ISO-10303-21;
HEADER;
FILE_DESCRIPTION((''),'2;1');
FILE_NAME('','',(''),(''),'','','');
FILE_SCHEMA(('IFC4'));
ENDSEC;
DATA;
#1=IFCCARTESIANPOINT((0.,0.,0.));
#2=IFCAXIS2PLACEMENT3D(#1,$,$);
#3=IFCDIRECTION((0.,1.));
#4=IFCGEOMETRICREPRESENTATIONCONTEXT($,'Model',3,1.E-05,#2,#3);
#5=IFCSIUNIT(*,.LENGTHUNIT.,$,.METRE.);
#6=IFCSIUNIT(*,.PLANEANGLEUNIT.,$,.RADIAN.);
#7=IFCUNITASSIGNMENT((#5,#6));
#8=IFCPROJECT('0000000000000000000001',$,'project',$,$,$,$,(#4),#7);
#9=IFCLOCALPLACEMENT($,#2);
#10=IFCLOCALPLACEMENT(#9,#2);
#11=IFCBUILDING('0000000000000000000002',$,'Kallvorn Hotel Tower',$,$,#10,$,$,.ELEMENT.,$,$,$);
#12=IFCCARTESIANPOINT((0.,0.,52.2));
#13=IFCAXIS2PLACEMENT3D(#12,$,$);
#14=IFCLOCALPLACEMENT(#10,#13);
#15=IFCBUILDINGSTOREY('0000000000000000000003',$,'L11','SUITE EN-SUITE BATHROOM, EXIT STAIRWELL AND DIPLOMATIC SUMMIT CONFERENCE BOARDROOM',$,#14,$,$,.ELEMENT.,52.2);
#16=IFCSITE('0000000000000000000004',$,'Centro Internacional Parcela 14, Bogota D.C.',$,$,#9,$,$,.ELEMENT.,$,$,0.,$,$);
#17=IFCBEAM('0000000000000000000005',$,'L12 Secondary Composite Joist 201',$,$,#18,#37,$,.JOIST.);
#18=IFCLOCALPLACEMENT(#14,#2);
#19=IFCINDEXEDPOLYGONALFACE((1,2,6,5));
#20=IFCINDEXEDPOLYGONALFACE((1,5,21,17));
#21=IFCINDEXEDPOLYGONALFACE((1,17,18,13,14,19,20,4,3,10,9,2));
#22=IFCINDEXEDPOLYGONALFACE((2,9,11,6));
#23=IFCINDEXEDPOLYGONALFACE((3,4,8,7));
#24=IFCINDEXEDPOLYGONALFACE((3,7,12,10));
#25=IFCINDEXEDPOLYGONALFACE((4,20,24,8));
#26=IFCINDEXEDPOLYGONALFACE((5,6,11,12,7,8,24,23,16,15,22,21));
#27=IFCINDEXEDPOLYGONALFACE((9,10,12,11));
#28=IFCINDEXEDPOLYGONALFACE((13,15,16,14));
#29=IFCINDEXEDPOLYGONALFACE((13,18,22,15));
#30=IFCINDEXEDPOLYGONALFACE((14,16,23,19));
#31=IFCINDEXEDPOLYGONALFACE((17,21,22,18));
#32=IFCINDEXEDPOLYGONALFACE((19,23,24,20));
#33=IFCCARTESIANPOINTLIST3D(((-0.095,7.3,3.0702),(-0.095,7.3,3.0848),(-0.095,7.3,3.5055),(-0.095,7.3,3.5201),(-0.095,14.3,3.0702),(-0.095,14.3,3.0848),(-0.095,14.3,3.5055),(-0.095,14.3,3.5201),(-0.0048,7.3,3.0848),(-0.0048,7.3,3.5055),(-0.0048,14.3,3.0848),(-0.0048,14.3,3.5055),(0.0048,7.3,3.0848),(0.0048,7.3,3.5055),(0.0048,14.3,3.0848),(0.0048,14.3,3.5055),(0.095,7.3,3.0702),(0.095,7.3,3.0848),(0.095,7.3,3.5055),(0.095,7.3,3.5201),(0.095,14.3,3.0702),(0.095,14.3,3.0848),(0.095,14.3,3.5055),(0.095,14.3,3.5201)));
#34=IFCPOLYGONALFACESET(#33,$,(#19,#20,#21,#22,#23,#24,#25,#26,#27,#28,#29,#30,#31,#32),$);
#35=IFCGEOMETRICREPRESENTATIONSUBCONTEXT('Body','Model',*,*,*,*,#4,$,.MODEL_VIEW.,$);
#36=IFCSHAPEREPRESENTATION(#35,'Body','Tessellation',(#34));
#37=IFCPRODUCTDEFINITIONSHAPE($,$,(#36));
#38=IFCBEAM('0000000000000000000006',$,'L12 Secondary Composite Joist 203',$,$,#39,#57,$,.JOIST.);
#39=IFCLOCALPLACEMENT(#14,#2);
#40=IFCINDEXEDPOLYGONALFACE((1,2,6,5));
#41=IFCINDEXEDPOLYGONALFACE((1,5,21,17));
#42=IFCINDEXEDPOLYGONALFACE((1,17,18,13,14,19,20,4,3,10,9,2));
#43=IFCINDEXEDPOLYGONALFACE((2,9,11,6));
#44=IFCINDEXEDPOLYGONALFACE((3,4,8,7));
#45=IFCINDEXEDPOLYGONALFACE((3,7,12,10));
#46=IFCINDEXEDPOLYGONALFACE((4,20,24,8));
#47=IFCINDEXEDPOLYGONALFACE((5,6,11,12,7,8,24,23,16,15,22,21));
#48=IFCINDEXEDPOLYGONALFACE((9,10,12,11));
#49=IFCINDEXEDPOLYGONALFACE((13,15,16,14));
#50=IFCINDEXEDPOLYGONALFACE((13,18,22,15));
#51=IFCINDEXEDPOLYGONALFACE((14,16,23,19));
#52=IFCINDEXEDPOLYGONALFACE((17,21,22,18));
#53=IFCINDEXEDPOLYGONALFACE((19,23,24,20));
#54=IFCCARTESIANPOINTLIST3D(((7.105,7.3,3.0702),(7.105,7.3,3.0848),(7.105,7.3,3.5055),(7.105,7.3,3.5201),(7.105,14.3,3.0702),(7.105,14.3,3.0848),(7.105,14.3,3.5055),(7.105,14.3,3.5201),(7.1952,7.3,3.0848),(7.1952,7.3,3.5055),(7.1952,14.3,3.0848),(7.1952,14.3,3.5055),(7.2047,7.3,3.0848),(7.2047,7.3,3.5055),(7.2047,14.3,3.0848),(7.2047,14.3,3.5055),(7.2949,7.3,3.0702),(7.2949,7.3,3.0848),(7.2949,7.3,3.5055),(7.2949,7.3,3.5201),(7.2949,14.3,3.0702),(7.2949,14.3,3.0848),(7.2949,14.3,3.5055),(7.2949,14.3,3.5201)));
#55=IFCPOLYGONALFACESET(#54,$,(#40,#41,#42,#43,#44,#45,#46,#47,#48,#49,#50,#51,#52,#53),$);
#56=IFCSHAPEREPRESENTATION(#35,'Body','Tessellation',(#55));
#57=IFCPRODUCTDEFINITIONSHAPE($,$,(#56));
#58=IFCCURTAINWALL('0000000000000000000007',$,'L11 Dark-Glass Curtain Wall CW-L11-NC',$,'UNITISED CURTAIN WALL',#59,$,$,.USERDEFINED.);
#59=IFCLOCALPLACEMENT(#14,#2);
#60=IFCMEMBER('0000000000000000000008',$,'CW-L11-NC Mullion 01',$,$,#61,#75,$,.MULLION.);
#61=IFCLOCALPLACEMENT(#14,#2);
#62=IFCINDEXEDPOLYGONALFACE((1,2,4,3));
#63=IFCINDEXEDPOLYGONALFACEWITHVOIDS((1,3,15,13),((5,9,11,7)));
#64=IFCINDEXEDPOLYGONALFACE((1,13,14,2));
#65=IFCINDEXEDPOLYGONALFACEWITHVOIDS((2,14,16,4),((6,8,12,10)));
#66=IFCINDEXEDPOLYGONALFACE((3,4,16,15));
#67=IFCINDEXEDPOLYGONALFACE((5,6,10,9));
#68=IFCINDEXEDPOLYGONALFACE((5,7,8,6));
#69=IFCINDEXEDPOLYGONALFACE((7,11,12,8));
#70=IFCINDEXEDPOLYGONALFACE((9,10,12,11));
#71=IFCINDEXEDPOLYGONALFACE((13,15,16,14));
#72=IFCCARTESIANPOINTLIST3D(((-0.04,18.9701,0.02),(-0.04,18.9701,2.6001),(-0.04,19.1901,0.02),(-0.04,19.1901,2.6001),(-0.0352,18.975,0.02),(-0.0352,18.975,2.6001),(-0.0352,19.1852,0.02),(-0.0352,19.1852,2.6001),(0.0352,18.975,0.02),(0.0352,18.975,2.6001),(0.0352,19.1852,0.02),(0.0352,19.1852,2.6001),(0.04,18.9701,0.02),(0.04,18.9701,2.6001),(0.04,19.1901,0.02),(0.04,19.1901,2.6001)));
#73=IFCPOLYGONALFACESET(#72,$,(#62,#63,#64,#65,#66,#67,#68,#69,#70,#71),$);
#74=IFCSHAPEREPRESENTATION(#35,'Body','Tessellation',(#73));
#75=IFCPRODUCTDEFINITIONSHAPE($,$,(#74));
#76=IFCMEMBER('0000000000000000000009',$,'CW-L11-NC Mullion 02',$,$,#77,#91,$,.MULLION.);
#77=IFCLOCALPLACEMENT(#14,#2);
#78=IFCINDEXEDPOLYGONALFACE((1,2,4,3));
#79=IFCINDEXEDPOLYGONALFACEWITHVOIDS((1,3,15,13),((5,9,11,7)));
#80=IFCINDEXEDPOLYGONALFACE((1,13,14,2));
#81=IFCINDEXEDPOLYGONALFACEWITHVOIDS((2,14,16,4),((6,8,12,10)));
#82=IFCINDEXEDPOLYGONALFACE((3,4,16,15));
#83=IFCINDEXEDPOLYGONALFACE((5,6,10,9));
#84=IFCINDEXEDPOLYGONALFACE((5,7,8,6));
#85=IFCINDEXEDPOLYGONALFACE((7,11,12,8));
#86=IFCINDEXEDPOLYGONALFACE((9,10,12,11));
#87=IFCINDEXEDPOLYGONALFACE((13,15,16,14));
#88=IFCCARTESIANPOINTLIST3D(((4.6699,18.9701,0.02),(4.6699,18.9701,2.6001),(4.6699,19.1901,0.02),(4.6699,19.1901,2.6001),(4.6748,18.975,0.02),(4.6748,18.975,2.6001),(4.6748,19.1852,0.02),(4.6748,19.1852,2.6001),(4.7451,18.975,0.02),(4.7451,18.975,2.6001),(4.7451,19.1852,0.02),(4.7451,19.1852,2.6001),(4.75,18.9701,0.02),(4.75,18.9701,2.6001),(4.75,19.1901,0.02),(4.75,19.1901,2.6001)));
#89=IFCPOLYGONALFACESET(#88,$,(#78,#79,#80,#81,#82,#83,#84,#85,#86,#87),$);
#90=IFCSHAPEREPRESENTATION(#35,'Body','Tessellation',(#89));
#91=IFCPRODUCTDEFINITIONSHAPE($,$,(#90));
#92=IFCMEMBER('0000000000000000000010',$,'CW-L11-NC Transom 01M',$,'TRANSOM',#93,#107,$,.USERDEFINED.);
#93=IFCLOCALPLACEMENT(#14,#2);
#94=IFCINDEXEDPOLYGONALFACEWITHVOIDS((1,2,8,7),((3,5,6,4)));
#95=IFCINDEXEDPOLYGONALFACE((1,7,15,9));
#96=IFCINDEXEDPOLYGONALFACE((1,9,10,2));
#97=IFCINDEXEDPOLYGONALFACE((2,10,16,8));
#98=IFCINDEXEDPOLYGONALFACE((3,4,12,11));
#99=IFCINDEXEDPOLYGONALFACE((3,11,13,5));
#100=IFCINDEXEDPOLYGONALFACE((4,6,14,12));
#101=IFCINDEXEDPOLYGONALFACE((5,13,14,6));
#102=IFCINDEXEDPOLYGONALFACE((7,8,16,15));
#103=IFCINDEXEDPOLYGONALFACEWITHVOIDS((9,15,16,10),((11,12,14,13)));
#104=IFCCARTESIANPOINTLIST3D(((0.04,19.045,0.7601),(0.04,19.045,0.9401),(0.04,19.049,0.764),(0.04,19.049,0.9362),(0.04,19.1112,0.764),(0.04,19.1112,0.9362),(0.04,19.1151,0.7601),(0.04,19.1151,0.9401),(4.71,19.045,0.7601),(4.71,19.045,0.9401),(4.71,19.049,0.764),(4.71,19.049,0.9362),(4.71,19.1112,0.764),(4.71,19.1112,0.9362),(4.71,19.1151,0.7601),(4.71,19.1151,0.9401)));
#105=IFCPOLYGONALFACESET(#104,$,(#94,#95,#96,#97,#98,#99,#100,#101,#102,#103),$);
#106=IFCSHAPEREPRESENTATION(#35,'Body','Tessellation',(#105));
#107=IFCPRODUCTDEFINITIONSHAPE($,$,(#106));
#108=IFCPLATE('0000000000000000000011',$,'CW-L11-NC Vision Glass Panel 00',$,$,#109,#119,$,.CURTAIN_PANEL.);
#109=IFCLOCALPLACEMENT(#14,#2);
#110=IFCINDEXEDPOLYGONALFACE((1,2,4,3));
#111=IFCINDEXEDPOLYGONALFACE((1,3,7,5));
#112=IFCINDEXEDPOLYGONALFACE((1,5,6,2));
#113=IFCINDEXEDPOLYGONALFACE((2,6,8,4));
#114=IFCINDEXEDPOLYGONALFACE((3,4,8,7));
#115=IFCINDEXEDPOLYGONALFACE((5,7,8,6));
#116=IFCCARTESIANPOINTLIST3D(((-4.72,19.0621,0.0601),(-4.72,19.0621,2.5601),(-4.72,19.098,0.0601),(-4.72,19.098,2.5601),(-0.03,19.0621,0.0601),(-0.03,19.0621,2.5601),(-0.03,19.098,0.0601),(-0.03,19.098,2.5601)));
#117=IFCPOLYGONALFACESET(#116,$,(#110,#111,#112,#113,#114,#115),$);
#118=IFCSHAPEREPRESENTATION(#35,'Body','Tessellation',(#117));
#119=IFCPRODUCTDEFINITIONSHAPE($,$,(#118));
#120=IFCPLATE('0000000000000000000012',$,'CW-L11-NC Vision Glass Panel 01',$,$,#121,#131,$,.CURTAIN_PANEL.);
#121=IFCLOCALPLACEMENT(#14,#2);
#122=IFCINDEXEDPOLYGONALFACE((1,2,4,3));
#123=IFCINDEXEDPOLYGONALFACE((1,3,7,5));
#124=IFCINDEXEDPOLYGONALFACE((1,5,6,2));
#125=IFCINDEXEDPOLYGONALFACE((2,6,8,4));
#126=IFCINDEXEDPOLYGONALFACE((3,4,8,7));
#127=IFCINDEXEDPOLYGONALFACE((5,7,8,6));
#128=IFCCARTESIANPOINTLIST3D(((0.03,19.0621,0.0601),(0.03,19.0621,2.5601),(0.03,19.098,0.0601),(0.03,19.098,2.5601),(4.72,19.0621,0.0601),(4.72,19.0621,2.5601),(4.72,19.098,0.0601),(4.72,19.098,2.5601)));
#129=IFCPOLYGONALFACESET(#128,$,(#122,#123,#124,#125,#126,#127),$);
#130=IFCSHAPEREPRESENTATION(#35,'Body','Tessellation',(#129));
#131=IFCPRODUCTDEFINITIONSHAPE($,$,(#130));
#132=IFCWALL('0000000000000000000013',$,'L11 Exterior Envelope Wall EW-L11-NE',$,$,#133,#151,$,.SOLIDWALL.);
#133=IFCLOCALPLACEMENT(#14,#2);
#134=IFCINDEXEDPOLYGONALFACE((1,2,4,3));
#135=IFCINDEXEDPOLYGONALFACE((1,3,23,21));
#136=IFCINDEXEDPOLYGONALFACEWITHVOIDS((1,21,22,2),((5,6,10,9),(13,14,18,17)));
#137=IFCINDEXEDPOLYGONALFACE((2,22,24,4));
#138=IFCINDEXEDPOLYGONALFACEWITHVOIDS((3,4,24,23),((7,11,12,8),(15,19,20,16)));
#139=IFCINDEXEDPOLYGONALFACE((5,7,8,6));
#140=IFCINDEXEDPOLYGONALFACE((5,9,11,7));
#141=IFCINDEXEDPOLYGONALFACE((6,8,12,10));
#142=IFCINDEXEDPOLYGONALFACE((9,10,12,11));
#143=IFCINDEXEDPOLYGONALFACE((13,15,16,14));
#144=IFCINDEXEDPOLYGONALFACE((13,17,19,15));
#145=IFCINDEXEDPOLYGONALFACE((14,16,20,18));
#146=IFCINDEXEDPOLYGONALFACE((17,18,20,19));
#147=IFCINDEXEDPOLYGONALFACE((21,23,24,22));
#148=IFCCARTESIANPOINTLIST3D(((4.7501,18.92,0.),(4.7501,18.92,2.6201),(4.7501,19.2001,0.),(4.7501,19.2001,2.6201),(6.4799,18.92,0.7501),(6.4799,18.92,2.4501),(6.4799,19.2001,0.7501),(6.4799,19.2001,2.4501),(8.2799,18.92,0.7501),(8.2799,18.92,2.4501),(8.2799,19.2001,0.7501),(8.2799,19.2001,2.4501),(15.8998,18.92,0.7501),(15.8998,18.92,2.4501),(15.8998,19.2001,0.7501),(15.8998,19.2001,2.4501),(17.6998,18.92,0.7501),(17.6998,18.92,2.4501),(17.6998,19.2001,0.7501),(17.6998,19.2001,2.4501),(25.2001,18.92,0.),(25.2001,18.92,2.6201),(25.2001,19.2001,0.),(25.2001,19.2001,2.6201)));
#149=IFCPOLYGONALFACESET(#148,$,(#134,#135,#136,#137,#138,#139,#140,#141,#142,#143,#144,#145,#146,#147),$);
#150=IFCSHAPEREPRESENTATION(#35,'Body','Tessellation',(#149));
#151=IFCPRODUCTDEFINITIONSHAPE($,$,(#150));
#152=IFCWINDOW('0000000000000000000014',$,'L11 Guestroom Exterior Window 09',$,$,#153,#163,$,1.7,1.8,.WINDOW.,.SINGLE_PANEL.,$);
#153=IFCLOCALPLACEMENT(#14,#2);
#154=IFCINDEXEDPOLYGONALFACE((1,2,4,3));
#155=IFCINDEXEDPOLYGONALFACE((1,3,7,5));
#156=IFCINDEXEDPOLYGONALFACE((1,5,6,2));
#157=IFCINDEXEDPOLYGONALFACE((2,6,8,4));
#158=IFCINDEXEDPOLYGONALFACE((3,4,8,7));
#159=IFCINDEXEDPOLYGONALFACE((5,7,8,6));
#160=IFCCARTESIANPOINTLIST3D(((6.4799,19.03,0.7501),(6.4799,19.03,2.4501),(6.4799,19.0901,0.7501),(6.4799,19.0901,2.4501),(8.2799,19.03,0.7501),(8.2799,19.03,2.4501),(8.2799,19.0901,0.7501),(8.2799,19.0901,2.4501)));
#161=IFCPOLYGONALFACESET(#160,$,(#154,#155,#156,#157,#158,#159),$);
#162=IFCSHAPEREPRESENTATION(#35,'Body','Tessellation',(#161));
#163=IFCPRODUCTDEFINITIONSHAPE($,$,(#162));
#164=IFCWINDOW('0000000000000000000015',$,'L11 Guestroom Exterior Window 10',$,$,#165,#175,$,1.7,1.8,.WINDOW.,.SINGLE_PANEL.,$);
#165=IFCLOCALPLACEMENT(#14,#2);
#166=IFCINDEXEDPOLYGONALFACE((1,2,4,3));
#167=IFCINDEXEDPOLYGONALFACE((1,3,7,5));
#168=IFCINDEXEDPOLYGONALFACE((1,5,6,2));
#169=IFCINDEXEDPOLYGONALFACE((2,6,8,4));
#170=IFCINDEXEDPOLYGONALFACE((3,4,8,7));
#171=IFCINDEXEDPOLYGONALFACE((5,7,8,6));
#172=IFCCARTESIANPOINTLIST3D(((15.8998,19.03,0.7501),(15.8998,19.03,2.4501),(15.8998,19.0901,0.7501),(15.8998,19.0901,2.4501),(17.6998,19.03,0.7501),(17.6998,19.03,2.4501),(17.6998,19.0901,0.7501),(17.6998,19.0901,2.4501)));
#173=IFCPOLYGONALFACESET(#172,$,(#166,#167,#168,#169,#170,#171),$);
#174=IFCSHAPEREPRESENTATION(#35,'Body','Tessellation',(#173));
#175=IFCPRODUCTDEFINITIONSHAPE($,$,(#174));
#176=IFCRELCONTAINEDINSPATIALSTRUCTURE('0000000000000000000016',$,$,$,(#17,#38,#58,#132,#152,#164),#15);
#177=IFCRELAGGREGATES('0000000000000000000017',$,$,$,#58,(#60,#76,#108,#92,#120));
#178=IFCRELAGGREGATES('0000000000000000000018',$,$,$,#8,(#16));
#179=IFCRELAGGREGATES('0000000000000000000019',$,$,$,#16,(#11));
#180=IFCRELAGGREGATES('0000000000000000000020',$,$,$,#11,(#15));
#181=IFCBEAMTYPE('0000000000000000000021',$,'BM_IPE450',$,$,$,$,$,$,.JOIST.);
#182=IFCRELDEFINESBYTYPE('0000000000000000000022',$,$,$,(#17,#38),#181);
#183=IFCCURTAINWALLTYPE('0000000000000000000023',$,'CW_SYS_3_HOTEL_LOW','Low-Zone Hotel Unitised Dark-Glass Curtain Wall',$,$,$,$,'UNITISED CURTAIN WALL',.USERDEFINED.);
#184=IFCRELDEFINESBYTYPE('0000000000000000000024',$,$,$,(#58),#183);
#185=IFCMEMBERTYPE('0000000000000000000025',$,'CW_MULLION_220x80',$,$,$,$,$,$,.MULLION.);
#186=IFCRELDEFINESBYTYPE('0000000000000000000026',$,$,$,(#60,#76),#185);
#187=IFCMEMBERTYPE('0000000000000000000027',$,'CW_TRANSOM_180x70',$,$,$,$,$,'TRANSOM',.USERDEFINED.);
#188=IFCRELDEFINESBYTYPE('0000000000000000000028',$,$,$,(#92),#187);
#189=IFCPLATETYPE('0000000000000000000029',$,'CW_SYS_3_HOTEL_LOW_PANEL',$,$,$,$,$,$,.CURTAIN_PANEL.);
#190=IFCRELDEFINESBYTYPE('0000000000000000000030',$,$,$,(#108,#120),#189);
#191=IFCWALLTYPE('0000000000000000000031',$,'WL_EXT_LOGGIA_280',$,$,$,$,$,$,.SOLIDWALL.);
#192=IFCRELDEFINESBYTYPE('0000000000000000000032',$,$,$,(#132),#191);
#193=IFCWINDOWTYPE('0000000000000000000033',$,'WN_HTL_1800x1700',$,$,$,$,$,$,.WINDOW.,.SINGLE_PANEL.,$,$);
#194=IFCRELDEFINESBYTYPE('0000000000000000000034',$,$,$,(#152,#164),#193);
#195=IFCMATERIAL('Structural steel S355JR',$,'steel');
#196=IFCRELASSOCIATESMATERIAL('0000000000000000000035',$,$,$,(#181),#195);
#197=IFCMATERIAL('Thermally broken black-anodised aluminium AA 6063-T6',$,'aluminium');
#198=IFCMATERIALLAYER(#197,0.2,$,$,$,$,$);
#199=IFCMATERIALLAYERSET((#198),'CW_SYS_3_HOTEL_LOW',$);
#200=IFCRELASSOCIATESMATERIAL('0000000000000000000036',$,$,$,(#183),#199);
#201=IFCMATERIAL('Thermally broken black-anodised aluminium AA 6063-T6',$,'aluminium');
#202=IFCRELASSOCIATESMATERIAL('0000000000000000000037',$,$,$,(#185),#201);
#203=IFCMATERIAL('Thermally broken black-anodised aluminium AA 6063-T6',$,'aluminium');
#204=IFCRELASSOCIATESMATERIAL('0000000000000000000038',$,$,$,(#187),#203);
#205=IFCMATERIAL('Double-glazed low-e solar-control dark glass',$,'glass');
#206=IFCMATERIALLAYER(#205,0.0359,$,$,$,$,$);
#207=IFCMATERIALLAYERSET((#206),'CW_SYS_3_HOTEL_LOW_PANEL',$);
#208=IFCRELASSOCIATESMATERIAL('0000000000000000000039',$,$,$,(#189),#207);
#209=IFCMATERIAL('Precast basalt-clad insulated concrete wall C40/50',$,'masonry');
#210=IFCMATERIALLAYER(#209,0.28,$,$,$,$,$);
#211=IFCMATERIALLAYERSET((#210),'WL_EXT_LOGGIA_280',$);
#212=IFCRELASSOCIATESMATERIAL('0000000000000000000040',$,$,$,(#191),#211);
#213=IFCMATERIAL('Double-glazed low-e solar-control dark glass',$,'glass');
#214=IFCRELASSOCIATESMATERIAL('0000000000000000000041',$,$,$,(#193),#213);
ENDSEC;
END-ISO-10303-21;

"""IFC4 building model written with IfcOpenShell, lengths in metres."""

from ifc_helpers import new_model, si_unit, direction, frame, frame_2d, origin, origin_2d, place, context, subcontext, project, spatial, rectangle, hollow_rectangle, i_section, extrude, material, layer, layer_set, material_profile, profile_set, type_object, element, fill, aggregate, save


model = new_model("IFC4")

# Units and contexts
model_context = context("Model", 3, precision=1e-05, world=origin(), true_north=direction((0.0, 1.0)))
body_context = subcontext(model_context, "Body", "Model", "MODEL_VIEW")
ifc_project = project(units=[si_unit("LENGTHUNIT", "METRE"), si_unit("PLANEANGLEUNIT", "RADIAN")], contexts=[model_context])

# Site, building, storey
site_placement = place(None, origin())
site = spatial("IfcSite", under=ifc_project, at=site_placement, Name="Centro Internacional Parcela 14, Bogota D.C.", CompositionType="ELEMENT", RefElevation=0.0)
building_placement = place(site_placement, origin())
building = spatial("IfcBuilding", under=site, at=building_placement, Name="Kallvorn Hotel Tower", CompositionType="ELEMENT")
storey_placement = place(building_placement, frame((0.0, 0.0, 52.2)))
storey = spatial("IfcBuildingStorey", under=building, at=storey_placement, Name="L11", Description="SUITE EN-SUITE BATHROOM, EXIT STAIRWELL AND DIPLOMATIC SUMMIT CONFERENCE BOARDROOM", CompositionType="ELEMENT", Elevation=52.2)

# Beams
ifc_material_1 = material(Name="Structural steel S355JR", Category="steel")
ifc_material_profile_1 = material_profile(ifc_material_1, i_section(OverallWidth=0.1899, OverallDepth=0.45, WebThickness=0.0095, FlangeThickness=0.0146, at=origin_2d()), Name="IPE 450")
ifc_profile_set_1 = profile_set([ifc_material_profile_1], Name="Structural steel S355JR")
beam_type_1 = type_object("IfcBeamType", Name="BM_IPE450", PredefinedType="JOIST", material=ifc_profile_set_1)
for number, where, z_axis, x_axis, name in (
    (1, (0.0, 7.3, 3.2952), (0.0, 1.0, 0.0), (-1.0, 0.0, 0.0), "L12 Secondary Composite Joist 201"),
    (2, (7.2, 7.3, 3.2952), (0.0, 1.0, 0.0), (-1.0, 0.0, 0.0), "L12 Secondary Composite Joist 203"),
):
    element("IfcBeam", number, at=place(storey_placement, frame(where, z_axis=z_axis, x_axis=x_axis)), inside=storey, type_object=beam_type_1, Name=name, PredefinedType="JOIST", context=body_context, shape_type="SweptSolid", body=[
        extrude(i_section(OverallWidth=0.1899, OverallDepth=0.45, WebThickness=0.0095, FlangeThickness=0.0146, at=origin_2d()), origin(), (0.0, 0.0, 1.0), 7.0),
    ])

# Curtain wall, members, plates
ifc_material_2 = material(Name="Thermally broken black-anodised aluminium AA 6063-T6", Category="aluminium")
ifc_layer_1 = layer(ifc_material_2, 0.2)
ifc_layer_set_1 = layer_set([ifc_layer_1], Name="CW_SYS_3_HOTEL_LOW")
curtain_wall_type = type_object("IfcCurtainWallType", Name="CW_SYS_3_HOTEL_LOW", Description="Low-Zone Hotel Unitised Dark-Glass Curtain Wall", ElementType="UNITISED CURTAIN WALL", PredefinedType="USERDEFINED", material=ifc_layer_set_1)
curtain_wall_placement = place(storey_placement, origin())
curtain_wall = element("IfcCurtainWall", 3, at=curtain_wall_placement, inside=storey, type_object=curtain_wall_type, Name="L11 Dark-Glass Curtain Wall CW-L11-NC", ObjectType="UNITISED CURTAIN WALL", PredefinedType="USERDEFINED")
ifc_material_3 = material(Name="Thermally broken black-anodised aluminium AA 6063-T6", Category="aluminium")
ifc_material_profile_2 = material_profile(ifc_material_3, hollow_rectangle(XDim=0.0801, YDim=0.22, WallThickness=0.0049, at=origin_2d()), Name="MUL 220x80")
ifc_profile_set_2 = profile_set([ifc_material_profile_2], Name="Thermally broken black-anodised aluminium AA 6063-T6")
member_type_1 = type_object("IfcMemberType", Name="CW_MULLION_220x80", PredefinedType="MULLION", material=ifc_profile_set_2)
member_1_placement = place(storey_placement, frame((0.0, 19.0801, 0.02), z_axis=(0.0, 0.0, 1.0), x_axis=(1.0, 0.0, 0.0)))
member_1 = element("IfcMember", 4, at=member_1_placement, type_object=member_type_1, Name="CW-L11-NC Mullion 01", PredefinedType="MULLION", context=body_context, shape_type="SweptSolid", body=[
    extrude(hollow_rectangle(XDim=0.0801, YDim=0.22, WallThickness=0.0049, at=origin_2d()), origin(), (0.0, 0.0, 1.0), 2.5801),
])
member_2_placement = place(storey_placement, frame((4.71, 19.0801, 0.02), z_axis=(0.0, 0.0, 1.0), x_axis=(1.0, 0.0, 0.0)))
member_2 = element("IfcMember", 5, at=member_2_placement, type_object=member_type_1, Name="CW-L11-NC Mullion 02", PredefinedType="MULLION", context=body_context, shape_type="SweptSolid", body=[
    extrude(hollow_rectangle(XDim=0.0801, YDim=0.22, WallThickness=0.0049, at=origin_2d()), origin(), (0.0, 0.0, 1.0), 2.5801),
])
ifc_material_4 = material(Name="Thermally broken black-anodised aluminium AA 6063-T6", Category="aluminium")
ifc_material_profile_3 = material_profile(ifc_material_4, hollow_rectangle(XDim=0.0701, YDim=0.1799, WallThickness=0.0039, at=origin_2d()), Name="TRN 180x70")
ifc_profile_set_3 = profile_set([ifc_material_profile_3], Name="Thermally broken black-anodised aluminium AA 6063-T6")
member_type_2 = type_object("IfcMemberType", Name="CW_TRANSOM_180x70", ElementType="TRANSOM", PredefinedType="USERDEFINED", material=ifc_profile_set_3)
member_3_placement = place(storey_placement, frame((0.04, 19.0801, 0.8501), z_axis=(1.0, 0.0, 0.0), x_axis=(0.0, 1.0, 0.0)))
member_3 = element("IfcMember", 6, at=member_3_placement, type_object=member_type_2, Name="CW-L11-NC Transom 01M", ObjectType="TRANSOM", PredefinedType="USERDEFINED", context=body_context, shape_type="SweptSolid", body=[
    extrude(hollow_rectangle(XDim=0.0701, YDim=0.1799, WallThickness=0.0039, at=origin_2d()), origin(), (0.0, 0.0, 1.0), 4.6699),
])
ifc_material_5 = material(Name="Double-glazed low-e solar-control dark glass", Category="glass")
ifc_layer_2 = layer(ifc_material_5, 0.0359)
ifc_layer_set_2 = layer_set([ifc_layer_2], Name="CW_SYS_3_HOTEL_LOW_PANEL")
plate_type = type_object("IfcPlateType", Name="CW_SYS_3_HOTEL_LOW_PANEL", PredefinedType="CURTAIN_PANEL", material=ifc_layer_set_2)
plate_1_placement = place(storey_placement, frame((-2.375, 19.0801, 0.0601), z_axis=(0.0, 0.0, 1.0), x_axis=(1.0, 0.0, 0.0)))
plate_1 = element("IfcPlate", 7, at=plate_1_placement, type_object=plate_type, Name="CW-L11-NC Vision Glass Panel 00", PredefinedType="CURTAIN_PANEL", context=body_context, shape_type="SweptSolid", body=[
    extrude(rectangle(XDim=4.6899, YDim=0.0359, at=origin_2d()), origin(), (0.0, 0.0, 1.0), 2.5),
])
plate_2_placement = place(storey_placement, frame((2.375, 19.0801, 0.0601), z_axis=(0.0, 0.0, 1.0), x_axis=(1.0, 0.0, 0.0)))
plate_2 = element("IfcPlate", 8, at=plate_2_placement, type_object=plate_type, Name="CW-L11-NC Vision Glass Panel 01", PredefinedType="CURTAIN_PANEL", context=body_context, shape_type="SweptSolid", body=[
    extrude(rectangle(XDim=4.6899, YDim=0.0359, at=origin_2d()), origin(), (0.0, 0.0, 1.0), 2.5),
])
aggregate(curtain_wall, [member_1, member_2, plate_1, member_3, plate_2])

# Wall, openings, windows
ifc_material_6 = material(Name="Precast basalt-clad insulated concrete wall C40/50", Category="masonry")
ifc_layer_3 = layer(ifc_material_6, 0.28)
ifc_layer_set_3 = layer_set([ifc_layer_3], Name="WL_EXT_LOGGIA_280")
wall_type_1 = type_object("IfcWallType", Name="WL_EXT_LOGGIA_280", PredefinedType="SOLIDWALL", material=ifc_layer_set_3)
wall_1_placement = place(storey_placement, frame((4.75, 19.0601, 0.0), z_axis=(0.0, 0.0, 1.0), x_axis=(1.0, 0.0, 0.0)))
wall_1 = element("IfcWall", 9, at=wall_1_placement, inside=storey, type_object=wall_type_1, Name="L11 Exterior Envelope Wall EW-L11-NE", PredefinedType="SOLIDWALL", context=body_context, shape_type="SweptSolid", body=[
    extrude(rectangle(XDim=20.45, YDim=0.28, at=frame_2d((10.2251, 0.0))), origin(), (0.0, 0.0, 1.0), 2.6201),
])
opening_1_placement = place(wall_1_placement, frame((1.73, 0.0, 0.75)))
opening_1 = element("IfcOpeningElement", 10, at=opening_1_placement, cuts=wall_1, PredefinedType="OPENING", context=body_context, shape_type="SweptSolid", body=[
    extrude(rectangle(XDim=1.8, YDim=1.7, at=frame_2d((0.8999, 0.8501))), frame((0.0, 0.155, 0.0), z_axis=(0.0, -1.0, 0.0), x_axis=(1.0, 0.0, 0.0)), (0.0, 0.0, 1.0), 0.3101),
])
opening_2_placement = place(wall_1_placement, frame((11.1499, 0.0, 0.75)))
opening_2 = element("IfcOpeningElement", 11, at=opening_2_placement, cuts=wall_1, PredefinedType="OPENING", context=body_context, shape_type="SweptSolid", body=[
    extrude(rectangle(XDim=1.8, YDim=1.7, at=frame_2d((0.8999, 0.8501))), frame((0.0, 0.155, 0.0), z_axis=(0.0, -1.0, 0.0), x_axis=(1.0, 0.0, 0.0)), (0.0, 0.0, 1.0), 0.3101),
])
ifc_material_7 = material(Name="Double-glazed low-e solar-control dark glass", Category="glass")
window_type = type_object("IfcWindowType", Name="WN_HTL_1800x1700", PartitioningType="SINGLE_PANEL", PredefinedType="WINDOW", material=ifc_material_7)
window_1_placement = place(opening_1_placement, origin())
window_1 = element("IfcWindow", 12, at=window_1_placement, inside=storey, type_object=window_type, Name="L11 Guestroom Exterior Window 09", OverallHeight=1.7, OverallWidth=1.8, PartitioningType="SINGLE_PANEL", PredefinedType="WINDOW", context=body_context, shape_type="SweptSolid", body=[
    extrude(rectangle(XDim=1.8, YDim=1.7, at=frame_2d((0.8999, 0.8501))), frame((0.0, 0.03, 0.0), z_axis=(0.0, -1.0, 0.0), x_axis=(1.0, 0.0, 0.0)), (0.0, 0.0, 1.0), 0.0601),
])
fill(opening_1, window_1)
window_2_placement = place(opening_2_placement, origin())
window_2 = element("IfcWindow", 13, at=window_2_placement, inside=storey, type_object=window_type, Name="L11 Guestroom Exterior Window 10", OverallHeight=1.7, OverallWidth=1.8, PartitioningType="SINGLE_PANEL", PredefinedType="WINDOW", context=body_context, shape_type="SweptSolid", body=[
    extrude(rectangle(XDim=1.8, YDim=1.7, at=frame_2d((0.8999, 0.8501))), frame((0.0, 0.03, 0.0), z_axis=(0.0, -1.0, 0.0), x_axis=(1.0, 0.0, 0.0)), (0.0, 0.0, 1.0), 0.0601),
])
fill(opening_2, window_2)

save(model, "model.ifc")
